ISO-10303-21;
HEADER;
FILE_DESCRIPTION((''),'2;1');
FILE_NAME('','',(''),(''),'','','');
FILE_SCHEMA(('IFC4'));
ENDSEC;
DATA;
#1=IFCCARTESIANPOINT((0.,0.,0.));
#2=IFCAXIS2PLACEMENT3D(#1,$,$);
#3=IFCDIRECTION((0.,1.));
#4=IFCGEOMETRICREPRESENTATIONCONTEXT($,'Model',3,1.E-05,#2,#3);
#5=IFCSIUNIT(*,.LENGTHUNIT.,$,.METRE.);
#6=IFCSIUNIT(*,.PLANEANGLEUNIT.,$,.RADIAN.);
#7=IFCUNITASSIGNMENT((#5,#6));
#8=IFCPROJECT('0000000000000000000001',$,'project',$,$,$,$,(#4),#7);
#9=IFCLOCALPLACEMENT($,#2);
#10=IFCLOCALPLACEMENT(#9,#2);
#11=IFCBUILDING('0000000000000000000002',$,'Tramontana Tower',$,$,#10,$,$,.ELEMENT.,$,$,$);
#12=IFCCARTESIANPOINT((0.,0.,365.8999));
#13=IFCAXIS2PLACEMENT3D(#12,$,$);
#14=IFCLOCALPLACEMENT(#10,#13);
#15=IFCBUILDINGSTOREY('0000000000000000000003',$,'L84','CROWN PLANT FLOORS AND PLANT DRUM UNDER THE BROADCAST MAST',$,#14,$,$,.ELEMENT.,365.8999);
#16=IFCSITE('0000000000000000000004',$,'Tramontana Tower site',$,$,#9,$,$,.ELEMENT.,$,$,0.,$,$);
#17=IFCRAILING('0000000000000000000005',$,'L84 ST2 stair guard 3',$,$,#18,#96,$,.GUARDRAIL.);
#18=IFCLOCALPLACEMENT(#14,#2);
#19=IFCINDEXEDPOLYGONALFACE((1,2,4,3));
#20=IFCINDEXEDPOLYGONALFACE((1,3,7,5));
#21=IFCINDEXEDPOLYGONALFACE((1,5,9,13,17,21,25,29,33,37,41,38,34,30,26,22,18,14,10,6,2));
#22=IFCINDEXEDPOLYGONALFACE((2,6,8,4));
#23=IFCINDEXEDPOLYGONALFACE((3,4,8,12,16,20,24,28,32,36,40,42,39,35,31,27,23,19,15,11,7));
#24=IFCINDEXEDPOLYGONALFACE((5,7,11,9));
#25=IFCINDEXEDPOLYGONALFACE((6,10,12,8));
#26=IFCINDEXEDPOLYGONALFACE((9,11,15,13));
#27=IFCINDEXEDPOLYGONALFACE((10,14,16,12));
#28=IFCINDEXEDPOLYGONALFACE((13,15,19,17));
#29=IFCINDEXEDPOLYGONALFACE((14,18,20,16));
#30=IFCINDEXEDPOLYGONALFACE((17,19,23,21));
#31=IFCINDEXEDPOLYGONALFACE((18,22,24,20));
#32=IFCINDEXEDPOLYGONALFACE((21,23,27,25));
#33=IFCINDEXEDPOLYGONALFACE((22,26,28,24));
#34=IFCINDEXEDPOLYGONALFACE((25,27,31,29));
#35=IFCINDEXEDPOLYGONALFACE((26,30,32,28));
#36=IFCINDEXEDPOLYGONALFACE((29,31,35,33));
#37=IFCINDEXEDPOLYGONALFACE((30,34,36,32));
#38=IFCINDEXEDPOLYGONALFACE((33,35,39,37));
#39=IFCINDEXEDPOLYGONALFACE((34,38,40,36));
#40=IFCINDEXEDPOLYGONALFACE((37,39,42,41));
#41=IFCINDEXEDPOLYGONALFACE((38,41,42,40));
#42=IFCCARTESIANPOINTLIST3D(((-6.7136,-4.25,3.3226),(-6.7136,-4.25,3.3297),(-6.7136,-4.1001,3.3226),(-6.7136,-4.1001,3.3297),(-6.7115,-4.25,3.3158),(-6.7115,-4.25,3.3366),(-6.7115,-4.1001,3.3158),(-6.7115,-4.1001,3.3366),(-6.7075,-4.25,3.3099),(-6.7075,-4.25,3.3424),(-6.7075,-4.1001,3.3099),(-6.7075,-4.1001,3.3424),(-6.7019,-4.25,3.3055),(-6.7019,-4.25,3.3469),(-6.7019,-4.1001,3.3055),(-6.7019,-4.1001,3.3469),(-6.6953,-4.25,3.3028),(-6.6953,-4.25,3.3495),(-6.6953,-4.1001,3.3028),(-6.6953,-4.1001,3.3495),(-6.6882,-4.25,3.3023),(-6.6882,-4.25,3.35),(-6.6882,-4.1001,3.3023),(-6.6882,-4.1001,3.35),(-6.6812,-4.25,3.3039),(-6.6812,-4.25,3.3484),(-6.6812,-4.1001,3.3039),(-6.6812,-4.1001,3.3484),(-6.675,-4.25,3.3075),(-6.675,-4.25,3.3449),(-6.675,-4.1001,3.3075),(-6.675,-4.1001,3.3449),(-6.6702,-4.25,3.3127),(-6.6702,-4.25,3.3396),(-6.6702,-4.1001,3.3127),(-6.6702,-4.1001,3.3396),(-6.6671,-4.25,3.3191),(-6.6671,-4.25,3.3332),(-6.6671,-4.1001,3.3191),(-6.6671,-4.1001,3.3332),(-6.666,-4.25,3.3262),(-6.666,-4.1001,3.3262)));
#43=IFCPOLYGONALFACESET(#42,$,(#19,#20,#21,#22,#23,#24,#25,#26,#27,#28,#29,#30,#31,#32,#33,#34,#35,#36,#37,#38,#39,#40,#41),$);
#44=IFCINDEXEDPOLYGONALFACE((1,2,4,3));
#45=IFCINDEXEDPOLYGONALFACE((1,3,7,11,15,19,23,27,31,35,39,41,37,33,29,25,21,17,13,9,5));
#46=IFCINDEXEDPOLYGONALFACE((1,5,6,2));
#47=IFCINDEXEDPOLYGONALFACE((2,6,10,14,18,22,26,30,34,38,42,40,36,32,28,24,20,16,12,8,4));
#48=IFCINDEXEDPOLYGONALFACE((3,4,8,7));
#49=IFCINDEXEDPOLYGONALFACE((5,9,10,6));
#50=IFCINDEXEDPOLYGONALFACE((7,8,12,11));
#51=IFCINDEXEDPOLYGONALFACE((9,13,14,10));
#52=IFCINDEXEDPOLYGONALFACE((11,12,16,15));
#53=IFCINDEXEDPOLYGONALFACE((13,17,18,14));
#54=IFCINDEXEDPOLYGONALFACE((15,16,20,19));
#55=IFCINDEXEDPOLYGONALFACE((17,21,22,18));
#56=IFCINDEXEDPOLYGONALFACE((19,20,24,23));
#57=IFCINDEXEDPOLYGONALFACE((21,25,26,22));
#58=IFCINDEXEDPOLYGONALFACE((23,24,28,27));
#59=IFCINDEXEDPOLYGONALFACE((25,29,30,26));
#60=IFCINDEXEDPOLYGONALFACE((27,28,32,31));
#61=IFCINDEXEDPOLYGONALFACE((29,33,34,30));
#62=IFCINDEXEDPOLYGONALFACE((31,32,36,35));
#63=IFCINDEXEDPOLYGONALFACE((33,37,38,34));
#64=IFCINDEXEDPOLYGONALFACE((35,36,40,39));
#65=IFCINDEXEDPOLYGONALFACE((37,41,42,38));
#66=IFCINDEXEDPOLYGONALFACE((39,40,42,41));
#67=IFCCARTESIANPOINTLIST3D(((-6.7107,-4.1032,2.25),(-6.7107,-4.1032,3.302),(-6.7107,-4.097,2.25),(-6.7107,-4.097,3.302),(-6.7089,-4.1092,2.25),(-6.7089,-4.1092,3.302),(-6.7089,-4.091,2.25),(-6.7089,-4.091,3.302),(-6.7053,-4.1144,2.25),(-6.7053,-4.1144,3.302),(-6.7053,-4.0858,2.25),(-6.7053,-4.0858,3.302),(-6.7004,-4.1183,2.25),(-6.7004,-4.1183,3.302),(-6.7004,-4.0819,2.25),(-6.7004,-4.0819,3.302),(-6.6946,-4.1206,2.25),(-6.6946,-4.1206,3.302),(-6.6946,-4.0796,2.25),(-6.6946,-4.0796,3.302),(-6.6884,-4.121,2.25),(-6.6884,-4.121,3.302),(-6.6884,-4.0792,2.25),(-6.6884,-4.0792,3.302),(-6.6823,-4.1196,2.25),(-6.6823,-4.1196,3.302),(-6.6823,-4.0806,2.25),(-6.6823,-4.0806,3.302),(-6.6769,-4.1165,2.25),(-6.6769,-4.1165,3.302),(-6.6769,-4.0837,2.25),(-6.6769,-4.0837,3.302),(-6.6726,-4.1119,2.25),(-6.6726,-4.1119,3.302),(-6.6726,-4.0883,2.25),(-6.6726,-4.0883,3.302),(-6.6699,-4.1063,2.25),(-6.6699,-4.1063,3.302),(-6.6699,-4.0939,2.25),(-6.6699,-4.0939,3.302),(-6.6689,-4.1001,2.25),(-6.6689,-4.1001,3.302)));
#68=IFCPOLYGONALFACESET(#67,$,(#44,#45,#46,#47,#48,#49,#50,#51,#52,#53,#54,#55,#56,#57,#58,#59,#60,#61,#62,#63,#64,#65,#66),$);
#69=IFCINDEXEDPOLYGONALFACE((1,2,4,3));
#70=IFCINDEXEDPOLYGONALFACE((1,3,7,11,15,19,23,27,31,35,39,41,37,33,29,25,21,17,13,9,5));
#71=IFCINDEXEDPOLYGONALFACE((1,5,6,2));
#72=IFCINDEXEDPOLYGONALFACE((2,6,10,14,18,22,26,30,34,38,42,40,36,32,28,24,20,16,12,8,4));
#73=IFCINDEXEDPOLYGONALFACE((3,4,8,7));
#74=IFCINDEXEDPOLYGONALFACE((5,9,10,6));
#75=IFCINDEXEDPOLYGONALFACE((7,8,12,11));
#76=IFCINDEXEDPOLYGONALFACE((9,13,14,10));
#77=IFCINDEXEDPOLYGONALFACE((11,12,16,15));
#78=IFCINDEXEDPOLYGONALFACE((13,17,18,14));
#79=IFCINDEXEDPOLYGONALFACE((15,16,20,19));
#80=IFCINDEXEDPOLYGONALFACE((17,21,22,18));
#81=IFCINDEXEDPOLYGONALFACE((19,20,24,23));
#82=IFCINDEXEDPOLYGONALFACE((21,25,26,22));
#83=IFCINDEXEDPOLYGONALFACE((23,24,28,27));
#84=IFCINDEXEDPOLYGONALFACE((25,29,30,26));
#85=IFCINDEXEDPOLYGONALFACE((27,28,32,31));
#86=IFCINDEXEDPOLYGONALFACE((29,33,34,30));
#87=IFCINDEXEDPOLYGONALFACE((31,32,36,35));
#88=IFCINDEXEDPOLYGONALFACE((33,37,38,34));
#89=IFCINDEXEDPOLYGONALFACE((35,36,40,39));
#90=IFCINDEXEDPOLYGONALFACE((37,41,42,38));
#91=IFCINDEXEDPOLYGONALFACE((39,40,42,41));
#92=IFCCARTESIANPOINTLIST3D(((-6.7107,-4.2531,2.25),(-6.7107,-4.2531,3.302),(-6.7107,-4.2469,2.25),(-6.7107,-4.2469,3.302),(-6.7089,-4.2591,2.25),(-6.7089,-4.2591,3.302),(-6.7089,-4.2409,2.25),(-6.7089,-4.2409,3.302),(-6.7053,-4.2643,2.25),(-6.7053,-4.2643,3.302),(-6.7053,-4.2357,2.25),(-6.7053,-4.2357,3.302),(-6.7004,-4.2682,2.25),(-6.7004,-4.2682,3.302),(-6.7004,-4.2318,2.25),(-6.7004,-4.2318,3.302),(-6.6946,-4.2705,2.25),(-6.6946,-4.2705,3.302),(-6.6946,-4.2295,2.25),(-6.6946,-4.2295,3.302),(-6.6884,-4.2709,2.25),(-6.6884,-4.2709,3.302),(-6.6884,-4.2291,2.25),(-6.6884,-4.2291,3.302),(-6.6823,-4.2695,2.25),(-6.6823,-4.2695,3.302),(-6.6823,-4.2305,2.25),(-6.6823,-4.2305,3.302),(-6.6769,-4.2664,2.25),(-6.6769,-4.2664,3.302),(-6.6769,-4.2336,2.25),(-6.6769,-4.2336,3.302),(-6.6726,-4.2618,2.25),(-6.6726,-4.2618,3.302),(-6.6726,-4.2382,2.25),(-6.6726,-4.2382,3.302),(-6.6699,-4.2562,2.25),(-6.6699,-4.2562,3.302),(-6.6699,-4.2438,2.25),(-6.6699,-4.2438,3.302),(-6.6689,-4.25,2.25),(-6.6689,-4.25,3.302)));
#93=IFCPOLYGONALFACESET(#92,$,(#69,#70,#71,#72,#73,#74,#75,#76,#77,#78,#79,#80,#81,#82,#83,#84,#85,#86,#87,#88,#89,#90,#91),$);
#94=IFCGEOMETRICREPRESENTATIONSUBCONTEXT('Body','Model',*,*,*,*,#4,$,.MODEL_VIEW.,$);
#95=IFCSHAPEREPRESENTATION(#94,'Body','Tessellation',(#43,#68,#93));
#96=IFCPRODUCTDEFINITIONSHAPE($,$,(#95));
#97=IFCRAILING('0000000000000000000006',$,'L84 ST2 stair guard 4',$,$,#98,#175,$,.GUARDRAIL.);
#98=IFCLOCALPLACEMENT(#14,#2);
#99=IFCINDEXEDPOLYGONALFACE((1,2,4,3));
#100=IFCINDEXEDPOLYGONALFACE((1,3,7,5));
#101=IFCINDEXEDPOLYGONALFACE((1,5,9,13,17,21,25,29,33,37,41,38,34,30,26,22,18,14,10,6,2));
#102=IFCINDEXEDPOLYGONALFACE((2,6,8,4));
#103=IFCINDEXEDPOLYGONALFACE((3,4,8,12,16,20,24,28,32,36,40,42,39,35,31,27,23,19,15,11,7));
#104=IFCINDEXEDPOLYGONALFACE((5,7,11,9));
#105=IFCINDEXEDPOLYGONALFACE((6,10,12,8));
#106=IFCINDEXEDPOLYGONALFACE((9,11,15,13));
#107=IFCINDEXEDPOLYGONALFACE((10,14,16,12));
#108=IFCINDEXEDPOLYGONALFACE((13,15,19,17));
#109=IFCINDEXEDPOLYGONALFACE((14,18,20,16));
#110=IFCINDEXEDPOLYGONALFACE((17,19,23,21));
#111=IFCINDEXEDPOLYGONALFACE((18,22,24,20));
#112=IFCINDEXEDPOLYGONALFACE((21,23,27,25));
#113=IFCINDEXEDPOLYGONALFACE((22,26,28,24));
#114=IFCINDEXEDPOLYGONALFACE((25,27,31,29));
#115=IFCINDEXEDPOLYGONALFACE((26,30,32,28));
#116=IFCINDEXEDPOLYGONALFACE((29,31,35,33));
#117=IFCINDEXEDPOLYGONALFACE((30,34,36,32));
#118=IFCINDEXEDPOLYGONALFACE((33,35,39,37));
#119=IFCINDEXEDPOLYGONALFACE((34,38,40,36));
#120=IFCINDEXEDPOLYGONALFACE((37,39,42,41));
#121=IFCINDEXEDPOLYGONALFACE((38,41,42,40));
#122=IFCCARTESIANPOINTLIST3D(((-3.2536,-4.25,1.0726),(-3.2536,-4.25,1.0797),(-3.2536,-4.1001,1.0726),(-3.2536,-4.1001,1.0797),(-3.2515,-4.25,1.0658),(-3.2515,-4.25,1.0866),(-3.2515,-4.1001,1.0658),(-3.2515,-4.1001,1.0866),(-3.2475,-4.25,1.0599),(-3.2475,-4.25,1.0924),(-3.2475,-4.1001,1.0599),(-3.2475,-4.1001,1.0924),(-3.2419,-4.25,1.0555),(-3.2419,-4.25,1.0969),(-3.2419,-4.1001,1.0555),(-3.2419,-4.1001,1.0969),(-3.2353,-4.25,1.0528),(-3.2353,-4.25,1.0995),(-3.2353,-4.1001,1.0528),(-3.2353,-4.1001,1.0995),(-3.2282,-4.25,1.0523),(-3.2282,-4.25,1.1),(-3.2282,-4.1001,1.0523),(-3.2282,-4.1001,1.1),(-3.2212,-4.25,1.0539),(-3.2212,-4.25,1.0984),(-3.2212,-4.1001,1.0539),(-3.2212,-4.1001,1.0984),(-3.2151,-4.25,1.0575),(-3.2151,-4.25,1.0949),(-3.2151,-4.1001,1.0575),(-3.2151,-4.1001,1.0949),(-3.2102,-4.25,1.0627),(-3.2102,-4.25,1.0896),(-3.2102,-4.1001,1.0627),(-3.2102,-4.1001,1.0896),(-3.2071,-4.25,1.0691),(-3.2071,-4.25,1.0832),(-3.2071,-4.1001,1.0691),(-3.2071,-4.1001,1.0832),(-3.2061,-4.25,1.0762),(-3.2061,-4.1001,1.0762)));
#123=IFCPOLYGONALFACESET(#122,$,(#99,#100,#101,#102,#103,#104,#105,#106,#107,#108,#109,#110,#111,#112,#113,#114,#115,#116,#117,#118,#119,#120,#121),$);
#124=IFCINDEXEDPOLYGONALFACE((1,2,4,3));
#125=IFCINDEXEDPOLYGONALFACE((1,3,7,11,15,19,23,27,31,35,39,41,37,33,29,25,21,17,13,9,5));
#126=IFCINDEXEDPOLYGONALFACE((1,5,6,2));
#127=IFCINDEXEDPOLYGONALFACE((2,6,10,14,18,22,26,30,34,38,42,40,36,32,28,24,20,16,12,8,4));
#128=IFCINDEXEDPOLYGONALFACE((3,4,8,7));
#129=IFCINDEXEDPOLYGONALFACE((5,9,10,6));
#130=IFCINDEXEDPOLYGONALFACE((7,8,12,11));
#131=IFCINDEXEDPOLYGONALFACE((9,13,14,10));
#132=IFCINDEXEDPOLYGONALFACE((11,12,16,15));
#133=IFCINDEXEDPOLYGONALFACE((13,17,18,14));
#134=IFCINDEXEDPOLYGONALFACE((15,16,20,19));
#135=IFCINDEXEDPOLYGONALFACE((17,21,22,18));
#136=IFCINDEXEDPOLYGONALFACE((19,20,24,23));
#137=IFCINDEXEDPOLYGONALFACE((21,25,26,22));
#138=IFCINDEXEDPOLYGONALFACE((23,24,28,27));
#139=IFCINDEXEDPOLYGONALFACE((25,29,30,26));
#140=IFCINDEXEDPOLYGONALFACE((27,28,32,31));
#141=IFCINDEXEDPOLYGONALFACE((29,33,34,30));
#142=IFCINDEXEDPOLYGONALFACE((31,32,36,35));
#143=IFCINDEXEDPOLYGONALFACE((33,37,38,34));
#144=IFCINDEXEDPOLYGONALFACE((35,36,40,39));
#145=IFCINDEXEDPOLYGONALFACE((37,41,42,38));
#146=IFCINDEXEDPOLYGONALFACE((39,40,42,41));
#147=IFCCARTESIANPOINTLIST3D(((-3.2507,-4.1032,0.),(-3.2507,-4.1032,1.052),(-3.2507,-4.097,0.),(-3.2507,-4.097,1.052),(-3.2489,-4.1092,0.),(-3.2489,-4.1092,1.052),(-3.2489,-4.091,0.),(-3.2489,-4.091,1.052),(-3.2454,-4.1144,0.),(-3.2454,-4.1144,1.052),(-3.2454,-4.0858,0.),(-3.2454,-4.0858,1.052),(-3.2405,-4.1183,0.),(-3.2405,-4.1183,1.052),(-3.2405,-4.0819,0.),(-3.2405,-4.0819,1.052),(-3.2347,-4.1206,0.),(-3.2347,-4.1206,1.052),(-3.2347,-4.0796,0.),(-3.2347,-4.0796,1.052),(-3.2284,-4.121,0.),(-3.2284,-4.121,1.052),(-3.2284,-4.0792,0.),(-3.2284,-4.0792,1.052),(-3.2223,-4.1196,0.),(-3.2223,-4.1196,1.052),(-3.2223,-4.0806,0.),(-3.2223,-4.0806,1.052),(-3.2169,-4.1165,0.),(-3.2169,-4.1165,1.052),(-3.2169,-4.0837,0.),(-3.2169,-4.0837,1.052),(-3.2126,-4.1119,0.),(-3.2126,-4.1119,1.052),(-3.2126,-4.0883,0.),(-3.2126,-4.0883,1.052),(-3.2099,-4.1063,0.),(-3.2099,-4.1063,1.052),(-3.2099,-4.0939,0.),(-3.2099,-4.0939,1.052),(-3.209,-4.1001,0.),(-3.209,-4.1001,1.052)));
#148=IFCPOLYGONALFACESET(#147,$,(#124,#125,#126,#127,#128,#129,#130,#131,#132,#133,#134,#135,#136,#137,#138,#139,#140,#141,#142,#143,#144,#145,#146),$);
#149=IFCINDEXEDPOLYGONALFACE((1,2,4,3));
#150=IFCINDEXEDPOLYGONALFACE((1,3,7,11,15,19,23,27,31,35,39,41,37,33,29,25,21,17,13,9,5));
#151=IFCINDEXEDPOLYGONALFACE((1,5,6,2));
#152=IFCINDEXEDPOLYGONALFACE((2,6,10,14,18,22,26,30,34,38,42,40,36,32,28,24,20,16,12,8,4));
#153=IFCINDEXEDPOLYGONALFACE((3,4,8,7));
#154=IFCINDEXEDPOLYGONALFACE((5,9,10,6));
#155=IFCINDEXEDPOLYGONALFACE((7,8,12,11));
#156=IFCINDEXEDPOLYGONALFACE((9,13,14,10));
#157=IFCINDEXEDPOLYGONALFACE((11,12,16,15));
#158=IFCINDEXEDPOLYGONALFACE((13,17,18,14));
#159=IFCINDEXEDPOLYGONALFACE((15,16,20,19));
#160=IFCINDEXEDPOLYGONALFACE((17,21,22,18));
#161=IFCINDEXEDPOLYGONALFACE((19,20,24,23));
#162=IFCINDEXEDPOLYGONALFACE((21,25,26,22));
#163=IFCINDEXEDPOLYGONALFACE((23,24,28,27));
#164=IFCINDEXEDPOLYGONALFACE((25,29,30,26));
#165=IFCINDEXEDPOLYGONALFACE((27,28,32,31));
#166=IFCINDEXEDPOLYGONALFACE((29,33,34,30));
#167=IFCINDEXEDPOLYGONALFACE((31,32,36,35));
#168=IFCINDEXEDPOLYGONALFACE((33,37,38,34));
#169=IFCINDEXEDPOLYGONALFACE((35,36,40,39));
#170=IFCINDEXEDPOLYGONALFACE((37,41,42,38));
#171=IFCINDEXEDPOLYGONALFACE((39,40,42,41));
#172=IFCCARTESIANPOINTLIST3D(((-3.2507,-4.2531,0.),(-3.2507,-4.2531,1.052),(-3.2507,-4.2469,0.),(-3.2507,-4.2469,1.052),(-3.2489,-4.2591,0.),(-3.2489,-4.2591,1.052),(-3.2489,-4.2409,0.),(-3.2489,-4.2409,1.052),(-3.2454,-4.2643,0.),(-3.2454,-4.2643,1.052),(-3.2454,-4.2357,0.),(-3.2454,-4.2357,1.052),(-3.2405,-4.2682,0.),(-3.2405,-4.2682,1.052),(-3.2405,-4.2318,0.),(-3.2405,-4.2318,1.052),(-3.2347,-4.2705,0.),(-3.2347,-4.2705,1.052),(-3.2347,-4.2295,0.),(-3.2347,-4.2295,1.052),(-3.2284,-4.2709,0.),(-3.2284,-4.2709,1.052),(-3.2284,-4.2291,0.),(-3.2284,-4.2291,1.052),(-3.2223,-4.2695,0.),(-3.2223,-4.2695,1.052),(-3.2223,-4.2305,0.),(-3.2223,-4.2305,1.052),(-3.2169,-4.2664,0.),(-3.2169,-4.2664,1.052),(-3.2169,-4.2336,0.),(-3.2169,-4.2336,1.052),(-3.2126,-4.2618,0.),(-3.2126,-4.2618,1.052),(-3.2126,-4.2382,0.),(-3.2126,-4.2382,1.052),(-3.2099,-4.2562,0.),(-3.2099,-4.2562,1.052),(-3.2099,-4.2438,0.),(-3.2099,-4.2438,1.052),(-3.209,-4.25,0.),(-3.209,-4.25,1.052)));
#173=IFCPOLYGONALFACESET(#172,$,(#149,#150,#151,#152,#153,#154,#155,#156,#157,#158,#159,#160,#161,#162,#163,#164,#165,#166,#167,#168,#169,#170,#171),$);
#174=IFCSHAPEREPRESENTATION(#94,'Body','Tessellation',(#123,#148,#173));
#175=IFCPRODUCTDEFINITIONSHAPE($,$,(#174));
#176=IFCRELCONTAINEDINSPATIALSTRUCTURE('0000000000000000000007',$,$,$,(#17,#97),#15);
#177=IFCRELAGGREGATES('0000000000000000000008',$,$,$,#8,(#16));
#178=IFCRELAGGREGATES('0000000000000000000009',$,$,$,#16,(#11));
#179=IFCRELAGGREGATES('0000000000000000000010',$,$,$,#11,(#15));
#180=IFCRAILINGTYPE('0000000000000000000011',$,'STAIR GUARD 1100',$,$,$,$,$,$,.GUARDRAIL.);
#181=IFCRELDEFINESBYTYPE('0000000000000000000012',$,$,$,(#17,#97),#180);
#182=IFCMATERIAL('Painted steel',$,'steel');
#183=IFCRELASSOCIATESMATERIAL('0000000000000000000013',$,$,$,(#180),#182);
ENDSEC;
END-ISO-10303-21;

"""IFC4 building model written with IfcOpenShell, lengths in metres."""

from ifc_helpers import new_model, si_unit, direction, frame, origin, origin_2d, place, context, subcontext, project, spatial, circle, extrude, material, type_object, element, save


model = new_model("IFC4")

# Units and contexts
model_context = context("Model", 3, precision=1e-05, world=origin(), true_north=direction((0.0, 1.0)))
body_context = subcontext(model_context, "Body", "Model", "MODEL_VIEW")
ifc_project = project(units=[si_unit("LENGTHUNIT", "METRE"), si_unit("PLANEANGLEUNIT", "RADIAN")], contexts=[model_context])

# Site, building, storey
site_placement = place(None, origin())
site = spatial("IfcSite", under=ifc_project, at=site_placement, Name="Tramontana Tower site", CompositionType="ELEMENT", RefElevation=0.0)
building_placement = place(site_placement, origin())
building = spatial("IfcBuilding", under=site, at=building_placement, Name="Tramontana Tower", CompositionType="ELEMENT")
storey_placement = place(building_placement, frame((0.0, 0.0, 365.8999)))
storey = spatial("IfcBuildingStorey", under=building, at=storey_placement, Name="L84", Description="CROWN PLANT FLOORS AND PLANT DRUM UNDER THE BROADCAST MAST", CompositionType="ELEMENT", Elevation=365.8999)

# Railings
ifc_material_1 = material(Name="Painted steel", Category="steel")
railing_type_1 = type_object("IfcRailingType", Name="STAIR GUARD 1100", PredefinedType="GUARDRAIL", material=ifc_material_1)
for number, where, name in (
    (1, (-6.6899, -4.1001, 2.25), "L84 ST2 stair guard 3"),
    (2, (-3.23, -4.1001, 0.0), "L84 ST2 stair guard 4"),
):
    element("IfcRailing", number, at=place(storey_placement, frame(where)), inside=storey, type_object=railing_type_1, Name=name, PredefinedType="GUARDRAIL", context=body_context, shape_type="SweptSolid", body=[
        extrude(circle(Radius=0.0239, at=origin_2d()), frame((0.0, 0.0, 1.0762), z_axis=(0.0, -1.0, 0.0), x_axis=(1.0, 0.0, 0.0)), (0.0, 0.0, 1.0), 0.1499),
        extrude(circle(Radius=0.021, at=origin_2d()), origin(), (0.0, 0.0, 1.0), 1.052),
        extrude(circle(Radius=0.021, at=origin_2d()), frame((0.0, -0.1499, 0.0)), (0.0, 0.0, 1.0), 1.052),
    ])

save(model, "model.ifc")
